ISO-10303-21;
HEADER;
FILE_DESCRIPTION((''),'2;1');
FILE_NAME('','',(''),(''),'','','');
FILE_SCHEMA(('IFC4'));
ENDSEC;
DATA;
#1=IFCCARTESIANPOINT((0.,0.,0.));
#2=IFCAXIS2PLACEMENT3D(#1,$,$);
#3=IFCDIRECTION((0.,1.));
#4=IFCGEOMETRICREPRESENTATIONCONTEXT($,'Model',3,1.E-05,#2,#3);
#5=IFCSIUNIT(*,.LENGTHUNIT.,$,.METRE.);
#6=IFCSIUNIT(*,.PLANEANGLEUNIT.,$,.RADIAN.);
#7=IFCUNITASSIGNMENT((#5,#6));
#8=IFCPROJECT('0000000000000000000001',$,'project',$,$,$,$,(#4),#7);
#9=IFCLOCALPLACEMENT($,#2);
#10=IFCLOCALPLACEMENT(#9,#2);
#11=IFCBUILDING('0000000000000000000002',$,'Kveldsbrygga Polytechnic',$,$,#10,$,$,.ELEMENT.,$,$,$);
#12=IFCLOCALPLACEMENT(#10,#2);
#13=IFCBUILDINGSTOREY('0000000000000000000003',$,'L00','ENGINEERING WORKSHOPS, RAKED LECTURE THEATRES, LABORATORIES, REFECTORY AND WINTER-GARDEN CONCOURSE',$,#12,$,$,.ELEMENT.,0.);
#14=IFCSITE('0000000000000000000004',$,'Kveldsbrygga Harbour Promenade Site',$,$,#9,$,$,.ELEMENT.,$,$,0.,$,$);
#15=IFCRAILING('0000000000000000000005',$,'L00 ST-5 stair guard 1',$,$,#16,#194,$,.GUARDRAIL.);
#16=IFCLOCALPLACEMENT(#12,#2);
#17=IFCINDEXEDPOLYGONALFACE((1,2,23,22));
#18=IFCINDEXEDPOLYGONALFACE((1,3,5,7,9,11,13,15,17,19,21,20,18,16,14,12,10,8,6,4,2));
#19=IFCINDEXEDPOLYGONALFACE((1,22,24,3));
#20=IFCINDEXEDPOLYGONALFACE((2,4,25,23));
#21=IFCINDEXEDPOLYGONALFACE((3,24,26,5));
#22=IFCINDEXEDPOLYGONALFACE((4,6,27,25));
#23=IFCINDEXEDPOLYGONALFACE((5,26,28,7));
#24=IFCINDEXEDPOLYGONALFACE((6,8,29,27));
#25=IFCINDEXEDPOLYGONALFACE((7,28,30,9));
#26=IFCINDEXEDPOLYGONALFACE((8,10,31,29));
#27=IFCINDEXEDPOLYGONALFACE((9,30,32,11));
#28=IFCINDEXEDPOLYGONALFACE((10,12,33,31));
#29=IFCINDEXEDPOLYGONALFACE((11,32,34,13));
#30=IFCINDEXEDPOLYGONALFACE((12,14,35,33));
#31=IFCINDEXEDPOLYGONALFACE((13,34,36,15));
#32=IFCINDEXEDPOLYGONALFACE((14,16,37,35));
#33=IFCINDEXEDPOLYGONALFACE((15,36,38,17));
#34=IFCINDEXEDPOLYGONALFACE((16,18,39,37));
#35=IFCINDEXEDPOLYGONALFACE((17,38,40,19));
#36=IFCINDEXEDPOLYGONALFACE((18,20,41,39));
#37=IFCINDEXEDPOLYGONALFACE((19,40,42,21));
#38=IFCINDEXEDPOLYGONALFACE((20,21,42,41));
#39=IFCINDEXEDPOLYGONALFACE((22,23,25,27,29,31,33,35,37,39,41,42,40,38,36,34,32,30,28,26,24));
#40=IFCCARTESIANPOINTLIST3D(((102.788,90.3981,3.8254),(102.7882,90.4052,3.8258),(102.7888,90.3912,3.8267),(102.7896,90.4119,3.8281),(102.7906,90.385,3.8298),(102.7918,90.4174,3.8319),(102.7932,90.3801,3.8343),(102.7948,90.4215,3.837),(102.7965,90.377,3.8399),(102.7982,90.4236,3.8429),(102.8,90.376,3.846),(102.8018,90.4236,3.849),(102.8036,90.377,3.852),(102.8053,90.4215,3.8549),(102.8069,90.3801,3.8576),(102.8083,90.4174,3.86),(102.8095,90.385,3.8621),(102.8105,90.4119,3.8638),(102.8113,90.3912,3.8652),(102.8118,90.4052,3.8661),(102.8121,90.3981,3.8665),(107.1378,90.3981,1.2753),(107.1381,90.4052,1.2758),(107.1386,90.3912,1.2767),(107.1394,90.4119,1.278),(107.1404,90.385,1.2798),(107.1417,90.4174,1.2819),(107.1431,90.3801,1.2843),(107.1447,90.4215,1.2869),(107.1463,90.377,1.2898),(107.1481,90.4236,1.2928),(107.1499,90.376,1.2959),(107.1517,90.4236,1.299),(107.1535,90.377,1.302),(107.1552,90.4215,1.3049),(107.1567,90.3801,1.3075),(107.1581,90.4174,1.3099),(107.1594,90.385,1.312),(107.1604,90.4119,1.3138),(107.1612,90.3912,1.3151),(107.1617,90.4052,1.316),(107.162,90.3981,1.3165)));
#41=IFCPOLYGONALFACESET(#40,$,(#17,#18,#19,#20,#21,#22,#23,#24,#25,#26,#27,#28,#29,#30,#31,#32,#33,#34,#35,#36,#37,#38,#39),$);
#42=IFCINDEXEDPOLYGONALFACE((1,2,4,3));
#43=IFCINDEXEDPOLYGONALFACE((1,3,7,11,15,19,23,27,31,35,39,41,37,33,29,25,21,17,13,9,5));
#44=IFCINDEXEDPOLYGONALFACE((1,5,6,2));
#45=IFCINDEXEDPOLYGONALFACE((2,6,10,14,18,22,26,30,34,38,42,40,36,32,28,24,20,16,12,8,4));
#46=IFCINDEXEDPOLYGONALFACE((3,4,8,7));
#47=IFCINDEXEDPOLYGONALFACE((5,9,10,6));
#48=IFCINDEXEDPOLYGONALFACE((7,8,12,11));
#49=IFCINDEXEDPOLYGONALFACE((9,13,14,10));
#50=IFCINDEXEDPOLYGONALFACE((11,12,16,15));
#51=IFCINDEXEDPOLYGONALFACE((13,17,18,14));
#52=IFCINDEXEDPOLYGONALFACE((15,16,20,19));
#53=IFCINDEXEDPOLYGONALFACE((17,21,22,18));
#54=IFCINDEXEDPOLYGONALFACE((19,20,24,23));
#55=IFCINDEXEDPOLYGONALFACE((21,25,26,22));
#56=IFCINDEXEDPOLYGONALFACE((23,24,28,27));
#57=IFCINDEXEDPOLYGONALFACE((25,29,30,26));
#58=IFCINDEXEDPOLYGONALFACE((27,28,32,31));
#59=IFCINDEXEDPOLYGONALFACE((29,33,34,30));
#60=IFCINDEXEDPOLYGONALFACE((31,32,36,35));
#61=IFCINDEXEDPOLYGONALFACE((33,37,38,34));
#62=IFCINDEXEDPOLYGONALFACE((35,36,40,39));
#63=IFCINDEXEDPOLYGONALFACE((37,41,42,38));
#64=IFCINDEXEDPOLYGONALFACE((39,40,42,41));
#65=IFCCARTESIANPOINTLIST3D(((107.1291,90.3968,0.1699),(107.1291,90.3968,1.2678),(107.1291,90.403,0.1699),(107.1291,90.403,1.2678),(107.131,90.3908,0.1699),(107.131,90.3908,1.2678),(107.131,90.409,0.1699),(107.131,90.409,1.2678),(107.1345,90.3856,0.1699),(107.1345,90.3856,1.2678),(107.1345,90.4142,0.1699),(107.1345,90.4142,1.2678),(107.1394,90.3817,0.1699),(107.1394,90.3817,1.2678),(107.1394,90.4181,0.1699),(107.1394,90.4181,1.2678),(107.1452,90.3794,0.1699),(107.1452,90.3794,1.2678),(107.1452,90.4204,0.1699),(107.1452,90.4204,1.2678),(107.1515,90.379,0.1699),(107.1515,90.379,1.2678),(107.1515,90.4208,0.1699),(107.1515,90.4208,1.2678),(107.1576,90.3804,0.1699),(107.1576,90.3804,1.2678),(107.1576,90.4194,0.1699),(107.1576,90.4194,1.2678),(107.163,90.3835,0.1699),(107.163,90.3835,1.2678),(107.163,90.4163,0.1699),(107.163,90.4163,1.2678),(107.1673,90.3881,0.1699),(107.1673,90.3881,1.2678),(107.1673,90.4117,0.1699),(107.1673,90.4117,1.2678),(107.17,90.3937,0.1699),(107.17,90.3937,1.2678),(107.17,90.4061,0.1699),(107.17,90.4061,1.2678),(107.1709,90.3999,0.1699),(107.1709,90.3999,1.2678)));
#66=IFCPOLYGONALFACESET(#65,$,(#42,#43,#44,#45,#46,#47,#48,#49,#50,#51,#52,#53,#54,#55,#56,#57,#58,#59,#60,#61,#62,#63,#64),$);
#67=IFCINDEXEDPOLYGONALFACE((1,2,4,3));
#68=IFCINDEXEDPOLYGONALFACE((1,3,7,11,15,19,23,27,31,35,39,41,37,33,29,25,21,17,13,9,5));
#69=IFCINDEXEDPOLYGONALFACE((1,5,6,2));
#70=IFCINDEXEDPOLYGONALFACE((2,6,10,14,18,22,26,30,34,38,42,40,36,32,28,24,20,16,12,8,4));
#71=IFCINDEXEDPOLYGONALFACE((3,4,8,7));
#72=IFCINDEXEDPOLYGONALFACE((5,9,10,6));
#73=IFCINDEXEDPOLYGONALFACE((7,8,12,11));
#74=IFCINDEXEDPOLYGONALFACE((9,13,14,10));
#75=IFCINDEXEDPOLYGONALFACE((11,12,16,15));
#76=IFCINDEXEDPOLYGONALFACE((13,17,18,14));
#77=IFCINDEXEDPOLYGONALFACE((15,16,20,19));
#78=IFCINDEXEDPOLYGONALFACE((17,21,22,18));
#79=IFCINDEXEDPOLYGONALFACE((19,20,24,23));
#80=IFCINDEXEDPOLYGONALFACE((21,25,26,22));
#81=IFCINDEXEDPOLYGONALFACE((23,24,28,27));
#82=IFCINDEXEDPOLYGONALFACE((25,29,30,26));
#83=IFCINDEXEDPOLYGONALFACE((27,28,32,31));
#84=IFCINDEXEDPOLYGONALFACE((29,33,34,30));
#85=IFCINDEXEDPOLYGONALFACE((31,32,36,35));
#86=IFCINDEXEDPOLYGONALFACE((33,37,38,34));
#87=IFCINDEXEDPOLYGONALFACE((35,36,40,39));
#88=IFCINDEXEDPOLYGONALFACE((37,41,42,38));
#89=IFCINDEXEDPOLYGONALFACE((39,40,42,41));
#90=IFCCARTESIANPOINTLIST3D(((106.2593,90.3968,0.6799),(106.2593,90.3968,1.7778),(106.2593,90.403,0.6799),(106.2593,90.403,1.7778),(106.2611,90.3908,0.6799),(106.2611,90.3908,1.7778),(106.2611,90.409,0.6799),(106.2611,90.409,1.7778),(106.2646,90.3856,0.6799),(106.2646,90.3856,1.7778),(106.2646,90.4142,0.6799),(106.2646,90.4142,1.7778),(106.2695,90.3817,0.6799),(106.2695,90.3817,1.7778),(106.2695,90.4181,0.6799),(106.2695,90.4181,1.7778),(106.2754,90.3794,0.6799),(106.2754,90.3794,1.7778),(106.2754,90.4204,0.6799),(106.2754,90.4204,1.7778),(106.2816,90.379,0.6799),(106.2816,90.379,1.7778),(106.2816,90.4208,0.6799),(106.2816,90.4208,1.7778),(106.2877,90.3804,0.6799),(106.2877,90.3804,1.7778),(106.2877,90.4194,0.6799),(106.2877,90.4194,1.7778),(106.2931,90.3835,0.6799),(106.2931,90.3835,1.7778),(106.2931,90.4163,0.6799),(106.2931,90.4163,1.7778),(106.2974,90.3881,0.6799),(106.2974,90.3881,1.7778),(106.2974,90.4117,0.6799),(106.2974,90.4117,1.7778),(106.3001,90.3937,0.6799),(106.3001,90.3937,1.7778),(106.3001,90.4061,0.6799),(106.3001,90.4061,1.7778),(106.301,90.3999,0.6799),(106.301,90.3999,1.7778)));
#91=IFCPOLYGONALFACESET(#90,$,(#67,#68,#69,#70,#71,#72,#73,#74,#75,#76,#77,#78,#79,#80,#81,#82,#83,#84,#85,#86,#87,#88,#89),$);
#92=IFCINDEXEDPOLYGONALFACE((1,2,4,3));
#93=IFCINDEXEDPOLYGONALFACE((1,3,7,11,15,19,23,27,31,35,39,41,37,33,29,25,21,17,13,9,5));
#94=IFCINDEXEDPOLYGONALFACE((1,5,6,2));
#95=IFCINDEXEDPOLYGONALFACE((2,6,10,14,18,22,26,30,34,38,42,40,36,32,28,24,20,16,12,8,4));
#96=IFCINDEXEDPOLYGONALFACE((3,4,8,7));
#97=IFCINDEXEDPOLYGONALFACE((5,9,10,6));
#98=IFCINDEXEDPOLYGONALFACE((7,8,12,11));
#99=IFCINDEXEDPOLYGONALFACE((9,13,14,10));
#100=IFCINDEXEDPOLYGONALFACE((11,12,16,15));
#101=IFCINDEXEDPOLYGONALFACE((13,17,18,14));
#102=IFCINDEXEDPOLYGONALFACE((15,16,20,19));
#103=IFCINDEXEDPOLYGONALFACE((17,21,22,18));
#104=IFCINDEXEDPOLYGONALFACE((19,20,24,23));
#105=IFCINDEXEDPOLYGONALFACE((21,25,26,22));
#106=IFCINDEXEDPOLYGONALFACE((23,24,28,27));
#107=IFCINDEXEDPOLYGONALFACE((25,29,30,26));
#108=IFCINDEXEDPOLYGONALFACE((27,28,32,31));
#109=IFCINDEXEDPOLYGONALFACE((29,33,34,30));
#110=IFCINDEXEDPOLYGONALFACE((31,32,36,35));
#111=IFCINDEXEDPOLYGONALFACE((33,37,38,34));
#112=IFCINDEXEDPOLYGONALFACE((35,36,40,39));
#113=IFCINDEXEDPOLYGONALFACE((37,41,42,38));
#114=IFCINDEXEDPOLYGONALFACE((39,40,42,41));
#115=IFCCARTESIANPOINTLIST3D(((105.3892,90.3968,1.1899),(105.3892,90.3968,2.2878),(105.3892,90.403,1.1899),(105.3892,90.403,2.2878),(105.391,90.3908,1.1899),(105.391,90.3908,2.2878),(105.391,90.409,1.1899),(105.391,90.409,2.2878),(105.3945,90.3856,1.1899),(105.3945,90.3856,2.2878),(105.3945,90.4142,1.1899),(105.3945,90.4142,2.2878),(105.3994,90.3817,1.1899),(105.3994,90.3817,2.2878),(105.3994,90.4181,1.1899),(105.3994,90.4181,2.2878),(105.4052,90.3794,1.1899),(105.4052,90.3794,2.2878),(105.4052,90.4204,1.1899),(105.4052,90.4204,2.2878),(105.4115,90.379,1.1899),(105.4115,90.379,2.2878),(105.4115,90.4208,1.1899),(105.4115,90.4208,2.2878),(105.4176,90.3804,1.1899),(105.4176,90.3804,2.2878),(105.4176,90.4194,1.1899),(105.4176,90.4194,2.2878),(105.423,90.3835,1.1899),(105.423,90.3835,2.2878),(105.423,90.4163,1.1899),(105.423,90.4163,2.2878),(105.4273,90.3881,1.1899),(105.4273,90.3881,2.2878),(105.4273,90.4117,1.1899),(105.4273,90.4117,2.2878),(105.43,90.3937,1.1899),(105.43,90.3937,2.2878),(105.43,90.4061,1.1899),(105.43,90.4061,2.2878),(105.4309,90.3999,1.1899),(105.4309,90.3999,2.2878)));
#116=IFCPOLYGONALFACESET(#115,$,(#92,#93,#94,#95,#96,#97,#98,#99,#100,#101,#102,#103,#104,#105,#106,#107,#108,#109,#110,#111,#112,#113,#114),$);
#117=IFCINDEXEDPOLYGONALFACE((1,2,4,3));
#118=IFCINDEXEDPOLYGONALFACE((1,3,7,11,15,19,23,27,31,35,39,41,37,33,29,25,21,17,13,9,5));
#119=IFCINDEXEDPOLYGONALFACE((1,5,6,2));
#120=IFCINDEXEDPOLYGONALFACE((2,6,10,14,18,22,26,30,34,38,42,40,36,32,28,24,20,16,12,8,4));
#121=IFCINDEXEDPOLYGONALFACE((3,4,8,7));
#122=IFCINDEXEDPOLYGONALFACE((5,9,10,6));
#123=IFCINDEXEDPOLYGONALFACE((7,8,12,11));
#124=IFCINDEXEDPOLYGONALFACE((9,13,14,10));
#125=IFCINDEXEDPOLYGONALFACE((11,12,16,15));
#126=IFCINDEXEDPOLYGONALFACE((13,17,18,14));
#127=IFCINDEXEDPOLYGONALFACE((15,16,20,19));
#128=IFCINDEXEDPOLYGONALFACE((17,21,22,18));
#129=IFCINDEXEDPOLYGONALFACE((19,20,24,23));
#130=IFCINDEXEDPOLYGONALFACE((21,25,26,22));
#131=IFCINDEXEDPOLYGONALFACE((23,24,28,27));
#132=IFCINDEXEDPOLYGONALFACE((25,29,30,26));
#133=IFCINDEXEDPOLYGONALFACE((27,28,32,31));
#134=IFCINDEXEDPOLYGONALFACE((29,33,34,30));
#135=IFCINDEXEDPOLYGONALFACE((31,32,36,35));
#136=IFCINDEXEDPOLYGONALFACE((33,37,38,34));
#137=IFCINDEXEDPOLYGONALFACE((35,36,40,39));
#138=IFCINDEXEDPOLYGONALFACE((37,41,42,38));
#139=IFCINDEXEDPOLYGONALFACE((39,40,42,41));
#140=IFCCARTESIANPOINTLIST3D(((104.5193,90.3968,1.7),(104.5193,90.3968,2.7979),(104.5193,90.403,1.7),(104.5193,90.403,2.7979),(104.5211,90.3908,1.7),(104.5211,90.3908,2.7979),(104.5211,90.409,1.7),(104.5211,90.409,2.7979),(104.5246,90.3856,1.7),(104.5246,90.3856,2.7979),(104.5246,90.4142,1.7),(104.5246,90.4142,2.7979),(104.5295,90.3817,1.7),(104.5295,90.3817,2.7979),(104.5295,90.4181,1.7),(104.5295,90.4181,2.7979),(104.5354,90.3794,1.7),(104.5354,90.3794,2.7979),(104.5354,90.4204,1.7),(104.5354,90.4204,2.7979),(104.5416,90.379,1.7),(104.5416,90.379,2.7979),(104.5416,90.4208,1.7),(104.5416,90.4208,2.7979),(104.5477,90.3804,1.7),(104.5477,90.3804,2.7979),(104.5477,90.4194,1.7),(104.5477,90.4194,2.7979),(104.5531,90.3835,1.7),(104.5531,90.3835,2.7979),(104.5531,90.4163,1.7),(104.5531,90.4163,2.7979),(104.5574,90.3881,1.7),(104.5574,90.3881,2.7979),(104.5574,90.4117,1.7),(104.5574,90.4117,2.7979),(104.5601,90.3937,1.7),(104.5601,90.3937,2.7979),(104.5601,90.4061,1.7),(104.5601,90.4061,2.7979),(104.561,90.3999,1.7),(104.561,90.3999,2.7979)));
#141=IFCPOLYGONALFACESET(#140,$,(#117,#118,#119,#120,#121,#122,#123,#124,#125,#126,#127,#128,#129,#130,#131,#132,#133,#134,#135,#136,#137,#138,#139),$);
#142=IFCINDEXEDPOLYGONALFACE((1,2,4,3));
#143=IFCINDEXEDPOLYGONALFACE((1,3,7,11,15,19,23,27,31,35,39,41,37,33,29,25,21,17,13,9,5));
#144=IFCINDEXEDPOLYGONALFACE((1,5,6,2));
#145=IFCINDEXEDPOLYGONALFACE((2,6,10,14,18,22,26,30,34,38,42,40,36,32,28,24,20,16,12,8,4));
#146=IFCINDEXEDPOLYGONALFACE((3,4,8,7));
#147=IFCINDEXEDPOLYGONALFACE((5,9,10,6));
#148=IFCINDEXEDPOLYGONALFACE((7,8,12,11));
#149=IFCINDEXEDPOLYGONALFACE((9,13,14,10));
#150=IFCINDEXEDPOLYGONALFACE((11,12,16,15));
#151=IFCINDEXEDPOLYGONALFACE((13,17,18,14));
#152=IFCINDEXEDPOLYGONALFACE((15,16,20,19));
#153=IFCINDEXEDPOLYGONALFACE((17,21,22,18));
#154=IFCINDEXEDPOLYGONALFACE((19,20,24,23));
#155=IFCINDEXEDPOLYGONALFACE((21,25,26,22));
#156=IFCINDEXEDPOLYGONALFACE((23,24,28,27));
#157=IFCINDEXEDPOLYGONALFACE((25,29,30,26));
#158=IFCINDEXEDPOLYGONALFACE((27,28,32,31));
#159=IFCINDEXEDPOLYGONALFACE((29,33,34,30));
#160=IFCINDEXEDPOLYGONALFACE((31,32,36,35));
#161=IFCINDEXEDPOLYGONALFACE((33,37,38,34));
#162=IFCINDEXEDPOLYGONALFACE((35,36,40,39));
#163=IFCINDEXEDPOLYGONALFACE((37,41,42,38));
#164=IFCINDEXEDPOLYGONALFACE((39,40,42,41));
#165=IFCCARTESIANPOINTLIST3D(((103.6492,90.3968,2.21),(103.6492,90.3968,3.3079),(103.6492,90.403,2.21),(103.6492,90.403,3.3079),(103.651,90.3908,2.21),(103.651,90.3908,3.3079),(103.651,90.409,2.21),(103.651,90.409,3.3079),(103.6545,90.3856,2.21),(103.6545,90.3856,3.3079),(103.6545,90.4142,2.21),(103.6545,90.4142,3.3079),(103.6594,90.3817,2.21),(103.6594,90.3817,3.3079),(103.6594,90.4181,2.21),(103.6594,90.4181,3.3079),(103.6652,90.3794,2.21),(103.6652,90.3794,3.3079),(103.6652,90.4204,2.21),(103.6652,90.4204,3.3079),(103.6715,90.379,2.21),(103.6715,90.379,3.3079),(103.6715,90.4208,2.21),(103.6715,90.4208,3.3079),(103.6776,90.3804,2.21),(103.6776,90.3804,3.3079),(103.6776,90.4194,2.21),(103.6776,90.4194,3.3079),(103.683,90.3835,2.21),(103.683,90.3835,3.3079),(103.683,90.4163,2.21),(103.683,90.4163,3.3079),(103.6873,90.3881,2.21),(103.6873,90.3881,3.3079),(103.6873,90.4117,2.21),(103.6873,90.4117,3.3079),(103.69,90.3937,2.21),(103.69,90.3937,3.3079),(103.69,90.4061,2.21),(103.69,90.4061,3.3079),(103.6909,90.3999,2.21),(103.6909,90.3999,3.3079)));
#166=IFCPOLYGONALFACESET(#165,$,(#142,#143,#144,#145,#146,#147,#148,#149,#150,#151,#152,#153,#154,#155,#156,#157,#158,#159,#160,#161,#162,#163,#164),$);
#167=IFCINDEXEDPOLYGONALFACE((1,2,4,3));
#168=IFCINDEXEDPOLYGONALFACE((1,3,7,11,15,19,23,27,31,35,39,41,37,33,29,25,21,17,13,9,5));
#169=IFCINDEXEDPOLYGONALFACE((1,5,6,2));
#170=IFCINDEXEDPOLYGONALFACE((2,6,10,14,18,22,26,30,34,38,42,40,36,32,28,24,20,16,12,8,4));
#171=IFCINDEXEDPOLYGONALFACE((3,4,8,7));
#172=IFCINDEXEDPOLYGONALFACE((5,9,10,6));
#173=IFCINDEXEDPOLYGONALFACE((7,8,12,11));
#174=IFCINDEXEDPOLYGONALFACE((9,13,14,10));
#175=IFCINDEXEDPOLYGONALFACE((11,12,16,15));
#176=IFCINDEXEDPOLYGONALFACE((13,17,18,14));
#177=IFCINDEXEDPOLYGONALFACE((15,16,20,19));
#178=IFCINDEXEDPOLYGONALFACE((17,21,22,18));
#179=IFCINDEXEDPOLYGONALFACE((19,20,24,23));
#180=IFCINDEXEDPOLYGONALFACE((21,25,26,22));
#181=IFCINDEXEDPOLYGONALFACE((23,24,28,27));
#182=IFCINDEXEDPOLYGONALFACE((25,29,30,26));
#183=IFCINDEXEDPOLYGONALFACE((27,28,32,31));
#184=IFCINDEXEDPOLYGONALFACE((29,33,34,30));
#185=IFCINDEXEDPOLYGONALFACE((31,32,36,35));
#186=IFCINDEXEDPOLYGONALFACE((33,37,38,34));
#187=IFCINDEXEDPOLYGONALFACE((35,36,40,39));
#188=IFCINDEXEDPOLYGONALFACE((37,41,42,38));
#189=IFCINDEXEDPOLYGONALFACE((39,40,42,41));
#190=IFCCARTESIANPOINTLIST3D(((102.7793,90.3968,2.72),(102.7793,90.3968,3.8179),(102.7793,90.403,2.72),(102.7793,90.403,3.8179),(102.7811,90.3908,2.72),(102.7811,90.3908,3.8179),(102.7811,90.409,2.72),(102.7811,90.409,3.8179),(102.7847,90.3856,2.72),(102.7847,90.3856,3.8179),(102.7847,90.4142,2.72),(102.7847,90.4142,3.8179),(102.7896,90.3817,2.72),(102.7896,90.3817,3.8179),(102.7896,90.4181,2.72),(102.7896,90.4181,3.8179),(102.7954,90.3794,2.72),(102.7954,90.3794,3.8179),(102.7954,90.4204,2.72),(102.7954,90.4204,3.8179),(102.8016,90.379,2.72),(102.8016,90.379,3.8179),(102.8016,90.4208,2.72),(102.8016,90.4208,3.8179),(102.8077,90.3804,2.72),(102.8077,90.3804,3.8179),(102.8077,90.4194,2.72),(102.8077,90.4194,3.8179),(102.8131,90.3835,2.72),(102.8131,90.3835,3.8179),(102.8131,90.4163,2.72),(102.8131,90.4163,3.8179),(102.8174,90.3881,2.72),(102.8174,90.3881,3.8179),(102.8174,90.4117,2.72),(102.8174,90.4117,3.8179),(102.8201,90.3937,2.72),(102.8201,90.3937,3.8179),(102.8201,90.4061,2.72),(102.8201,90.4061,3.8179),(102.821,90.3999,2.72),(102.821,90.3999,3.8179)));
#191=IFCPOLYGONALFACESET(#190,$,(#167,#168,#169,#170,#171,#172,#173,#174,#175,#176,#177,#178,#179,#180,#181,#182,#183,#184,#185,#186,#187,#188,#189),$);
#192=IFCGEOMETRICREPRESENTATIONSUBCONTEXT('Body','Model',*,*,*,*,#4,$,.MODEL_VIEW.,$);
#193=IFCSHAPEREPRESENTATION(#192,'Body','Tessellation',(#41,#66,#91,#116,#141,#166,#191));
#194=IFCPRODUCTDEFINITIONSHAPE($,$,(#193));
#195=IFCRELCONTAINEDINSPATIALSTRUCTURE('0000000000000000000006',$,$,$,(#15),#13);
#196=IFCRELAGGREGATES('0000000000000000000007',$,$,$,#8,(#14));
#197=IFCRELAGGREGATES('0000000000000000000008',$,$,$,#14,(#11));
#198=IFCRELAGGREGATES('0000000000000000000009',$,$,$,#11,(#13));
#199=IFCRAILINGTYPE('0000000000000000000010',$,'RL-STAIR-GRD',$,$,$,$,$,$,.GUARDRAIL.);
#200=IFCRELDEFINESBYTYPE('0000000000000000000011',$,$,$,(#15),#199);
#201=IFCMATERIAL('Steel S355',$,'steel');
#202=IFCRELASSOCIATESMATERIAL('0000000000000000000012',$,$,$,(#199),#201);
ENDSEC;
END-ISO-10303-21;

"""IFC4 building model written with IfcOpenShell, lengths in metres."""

from ifc_helpers import new_model, si_unit, direction, frame, origin, origin_2d, place, context, subcontext, project, spatial, circle, extrude, material, type_object, element, save


model = new_model("IFC4")

# Units and contexts
model_context = context("Model", 3, precision=1e-05, world=origin(), true_north=direction((0.0, 1.0)))
body_context = subcontext(model_context, "Body", "Model", "MODEL_VIEW")
ifc_project = project(units=[si_unit("LENGTHUNIT", "METRE"), si_unit("PLANEANGLEUNIT", "RADIAN")], contexts=[model_context])

# Site, building, storey
site_placement = place(None, origin())
site = spatial("IfcSite", under=ifc_project, at=site_placement, Name="Kveldsbrygga Harbour Promenade Site", CompositionType="ELEMENT", RefElevation=0.0)
building_placement = place(site_placement, origin())
building = spatial("IfcBuilding", under=site, at=building_placement, Name="Kveldsbrygga Polytechnic", CompositionType="ELEMENT")
storey_placement = place(building_placement, origin())
storey = spatial("IfcBuildingStorey", under=building, at=storey_placement, Name="L00", Description="ENGINEERING WORKSHOPS, RAKED LECTURE THEATRES, LABORATORIES, REFECTORY AND WINTER-GARDEN CONCOURSE", CompositionType="ELEMENT", Elevation=0.0)

# Railing
ifc_material_1 = material(Name="Steel S355", Category="steel")
railing_type_1 = type_object("IfcRailingType", Name="RL-STAIR-GRD", PredefinedType="GUARDRAIL", material=ifc_material_1)
railing_1_placement = place(storey_placement, frame((107.1499, 90.3999, 0.1699)))
element("IfcRailing", 1, at=railing_1_placement, inside=storey, type_object=railing_type_1, Name="L00 ST-5 stair guard 1", PredefinedType="GUARDRAIL", context=body_context, shape_type="SweptSolid", body=[
    extrude(circle(Radius=0.0239, at=origin_2d()), frame((0.0, 0.0, 1.126), z_axis=(-0.862686, 0.0, 0.505739), x_axis=(0.0, -1.0, 0.0)), (0.0, 0.0, 1.0), 5.0422),
    extrude(circle(Radius=0.021, at=origin_2d()), origin(), (0.0, 0.0, 1.0), 1.0979),
    extrude(circle(Radius=0.021, at=origin_2d()), frame((-0.8699, 0.0, 0.51)), (0.0, 0.0, 1.0), 1.0979),
    extrude(circle(Radius=0.021, at=origin_2d()), frame((-1.74, 0.0, 1.02)), (0.0, 0.0, 1.0), 1.0979),
    extrude(circle(Radius=0.021, at=origin_2d()), frame((-2.6099, 0.0, 1.53)), (0.0, 0.0, 1.0), 1.0979),
    extrude(circle(Radius=0.021, at=origin_2d()), frame((-3.48, 0.0, 2.04)), (0.0, 0.0, 1.0), 1.0979),
    extrude(circle(Radius=0.021, at=origin_2d()), frame((-4.3499, 0.0, 2.55)), (0.0, 0.0, 1.0), 1.0979),
])

save(model, "model.ifc")
